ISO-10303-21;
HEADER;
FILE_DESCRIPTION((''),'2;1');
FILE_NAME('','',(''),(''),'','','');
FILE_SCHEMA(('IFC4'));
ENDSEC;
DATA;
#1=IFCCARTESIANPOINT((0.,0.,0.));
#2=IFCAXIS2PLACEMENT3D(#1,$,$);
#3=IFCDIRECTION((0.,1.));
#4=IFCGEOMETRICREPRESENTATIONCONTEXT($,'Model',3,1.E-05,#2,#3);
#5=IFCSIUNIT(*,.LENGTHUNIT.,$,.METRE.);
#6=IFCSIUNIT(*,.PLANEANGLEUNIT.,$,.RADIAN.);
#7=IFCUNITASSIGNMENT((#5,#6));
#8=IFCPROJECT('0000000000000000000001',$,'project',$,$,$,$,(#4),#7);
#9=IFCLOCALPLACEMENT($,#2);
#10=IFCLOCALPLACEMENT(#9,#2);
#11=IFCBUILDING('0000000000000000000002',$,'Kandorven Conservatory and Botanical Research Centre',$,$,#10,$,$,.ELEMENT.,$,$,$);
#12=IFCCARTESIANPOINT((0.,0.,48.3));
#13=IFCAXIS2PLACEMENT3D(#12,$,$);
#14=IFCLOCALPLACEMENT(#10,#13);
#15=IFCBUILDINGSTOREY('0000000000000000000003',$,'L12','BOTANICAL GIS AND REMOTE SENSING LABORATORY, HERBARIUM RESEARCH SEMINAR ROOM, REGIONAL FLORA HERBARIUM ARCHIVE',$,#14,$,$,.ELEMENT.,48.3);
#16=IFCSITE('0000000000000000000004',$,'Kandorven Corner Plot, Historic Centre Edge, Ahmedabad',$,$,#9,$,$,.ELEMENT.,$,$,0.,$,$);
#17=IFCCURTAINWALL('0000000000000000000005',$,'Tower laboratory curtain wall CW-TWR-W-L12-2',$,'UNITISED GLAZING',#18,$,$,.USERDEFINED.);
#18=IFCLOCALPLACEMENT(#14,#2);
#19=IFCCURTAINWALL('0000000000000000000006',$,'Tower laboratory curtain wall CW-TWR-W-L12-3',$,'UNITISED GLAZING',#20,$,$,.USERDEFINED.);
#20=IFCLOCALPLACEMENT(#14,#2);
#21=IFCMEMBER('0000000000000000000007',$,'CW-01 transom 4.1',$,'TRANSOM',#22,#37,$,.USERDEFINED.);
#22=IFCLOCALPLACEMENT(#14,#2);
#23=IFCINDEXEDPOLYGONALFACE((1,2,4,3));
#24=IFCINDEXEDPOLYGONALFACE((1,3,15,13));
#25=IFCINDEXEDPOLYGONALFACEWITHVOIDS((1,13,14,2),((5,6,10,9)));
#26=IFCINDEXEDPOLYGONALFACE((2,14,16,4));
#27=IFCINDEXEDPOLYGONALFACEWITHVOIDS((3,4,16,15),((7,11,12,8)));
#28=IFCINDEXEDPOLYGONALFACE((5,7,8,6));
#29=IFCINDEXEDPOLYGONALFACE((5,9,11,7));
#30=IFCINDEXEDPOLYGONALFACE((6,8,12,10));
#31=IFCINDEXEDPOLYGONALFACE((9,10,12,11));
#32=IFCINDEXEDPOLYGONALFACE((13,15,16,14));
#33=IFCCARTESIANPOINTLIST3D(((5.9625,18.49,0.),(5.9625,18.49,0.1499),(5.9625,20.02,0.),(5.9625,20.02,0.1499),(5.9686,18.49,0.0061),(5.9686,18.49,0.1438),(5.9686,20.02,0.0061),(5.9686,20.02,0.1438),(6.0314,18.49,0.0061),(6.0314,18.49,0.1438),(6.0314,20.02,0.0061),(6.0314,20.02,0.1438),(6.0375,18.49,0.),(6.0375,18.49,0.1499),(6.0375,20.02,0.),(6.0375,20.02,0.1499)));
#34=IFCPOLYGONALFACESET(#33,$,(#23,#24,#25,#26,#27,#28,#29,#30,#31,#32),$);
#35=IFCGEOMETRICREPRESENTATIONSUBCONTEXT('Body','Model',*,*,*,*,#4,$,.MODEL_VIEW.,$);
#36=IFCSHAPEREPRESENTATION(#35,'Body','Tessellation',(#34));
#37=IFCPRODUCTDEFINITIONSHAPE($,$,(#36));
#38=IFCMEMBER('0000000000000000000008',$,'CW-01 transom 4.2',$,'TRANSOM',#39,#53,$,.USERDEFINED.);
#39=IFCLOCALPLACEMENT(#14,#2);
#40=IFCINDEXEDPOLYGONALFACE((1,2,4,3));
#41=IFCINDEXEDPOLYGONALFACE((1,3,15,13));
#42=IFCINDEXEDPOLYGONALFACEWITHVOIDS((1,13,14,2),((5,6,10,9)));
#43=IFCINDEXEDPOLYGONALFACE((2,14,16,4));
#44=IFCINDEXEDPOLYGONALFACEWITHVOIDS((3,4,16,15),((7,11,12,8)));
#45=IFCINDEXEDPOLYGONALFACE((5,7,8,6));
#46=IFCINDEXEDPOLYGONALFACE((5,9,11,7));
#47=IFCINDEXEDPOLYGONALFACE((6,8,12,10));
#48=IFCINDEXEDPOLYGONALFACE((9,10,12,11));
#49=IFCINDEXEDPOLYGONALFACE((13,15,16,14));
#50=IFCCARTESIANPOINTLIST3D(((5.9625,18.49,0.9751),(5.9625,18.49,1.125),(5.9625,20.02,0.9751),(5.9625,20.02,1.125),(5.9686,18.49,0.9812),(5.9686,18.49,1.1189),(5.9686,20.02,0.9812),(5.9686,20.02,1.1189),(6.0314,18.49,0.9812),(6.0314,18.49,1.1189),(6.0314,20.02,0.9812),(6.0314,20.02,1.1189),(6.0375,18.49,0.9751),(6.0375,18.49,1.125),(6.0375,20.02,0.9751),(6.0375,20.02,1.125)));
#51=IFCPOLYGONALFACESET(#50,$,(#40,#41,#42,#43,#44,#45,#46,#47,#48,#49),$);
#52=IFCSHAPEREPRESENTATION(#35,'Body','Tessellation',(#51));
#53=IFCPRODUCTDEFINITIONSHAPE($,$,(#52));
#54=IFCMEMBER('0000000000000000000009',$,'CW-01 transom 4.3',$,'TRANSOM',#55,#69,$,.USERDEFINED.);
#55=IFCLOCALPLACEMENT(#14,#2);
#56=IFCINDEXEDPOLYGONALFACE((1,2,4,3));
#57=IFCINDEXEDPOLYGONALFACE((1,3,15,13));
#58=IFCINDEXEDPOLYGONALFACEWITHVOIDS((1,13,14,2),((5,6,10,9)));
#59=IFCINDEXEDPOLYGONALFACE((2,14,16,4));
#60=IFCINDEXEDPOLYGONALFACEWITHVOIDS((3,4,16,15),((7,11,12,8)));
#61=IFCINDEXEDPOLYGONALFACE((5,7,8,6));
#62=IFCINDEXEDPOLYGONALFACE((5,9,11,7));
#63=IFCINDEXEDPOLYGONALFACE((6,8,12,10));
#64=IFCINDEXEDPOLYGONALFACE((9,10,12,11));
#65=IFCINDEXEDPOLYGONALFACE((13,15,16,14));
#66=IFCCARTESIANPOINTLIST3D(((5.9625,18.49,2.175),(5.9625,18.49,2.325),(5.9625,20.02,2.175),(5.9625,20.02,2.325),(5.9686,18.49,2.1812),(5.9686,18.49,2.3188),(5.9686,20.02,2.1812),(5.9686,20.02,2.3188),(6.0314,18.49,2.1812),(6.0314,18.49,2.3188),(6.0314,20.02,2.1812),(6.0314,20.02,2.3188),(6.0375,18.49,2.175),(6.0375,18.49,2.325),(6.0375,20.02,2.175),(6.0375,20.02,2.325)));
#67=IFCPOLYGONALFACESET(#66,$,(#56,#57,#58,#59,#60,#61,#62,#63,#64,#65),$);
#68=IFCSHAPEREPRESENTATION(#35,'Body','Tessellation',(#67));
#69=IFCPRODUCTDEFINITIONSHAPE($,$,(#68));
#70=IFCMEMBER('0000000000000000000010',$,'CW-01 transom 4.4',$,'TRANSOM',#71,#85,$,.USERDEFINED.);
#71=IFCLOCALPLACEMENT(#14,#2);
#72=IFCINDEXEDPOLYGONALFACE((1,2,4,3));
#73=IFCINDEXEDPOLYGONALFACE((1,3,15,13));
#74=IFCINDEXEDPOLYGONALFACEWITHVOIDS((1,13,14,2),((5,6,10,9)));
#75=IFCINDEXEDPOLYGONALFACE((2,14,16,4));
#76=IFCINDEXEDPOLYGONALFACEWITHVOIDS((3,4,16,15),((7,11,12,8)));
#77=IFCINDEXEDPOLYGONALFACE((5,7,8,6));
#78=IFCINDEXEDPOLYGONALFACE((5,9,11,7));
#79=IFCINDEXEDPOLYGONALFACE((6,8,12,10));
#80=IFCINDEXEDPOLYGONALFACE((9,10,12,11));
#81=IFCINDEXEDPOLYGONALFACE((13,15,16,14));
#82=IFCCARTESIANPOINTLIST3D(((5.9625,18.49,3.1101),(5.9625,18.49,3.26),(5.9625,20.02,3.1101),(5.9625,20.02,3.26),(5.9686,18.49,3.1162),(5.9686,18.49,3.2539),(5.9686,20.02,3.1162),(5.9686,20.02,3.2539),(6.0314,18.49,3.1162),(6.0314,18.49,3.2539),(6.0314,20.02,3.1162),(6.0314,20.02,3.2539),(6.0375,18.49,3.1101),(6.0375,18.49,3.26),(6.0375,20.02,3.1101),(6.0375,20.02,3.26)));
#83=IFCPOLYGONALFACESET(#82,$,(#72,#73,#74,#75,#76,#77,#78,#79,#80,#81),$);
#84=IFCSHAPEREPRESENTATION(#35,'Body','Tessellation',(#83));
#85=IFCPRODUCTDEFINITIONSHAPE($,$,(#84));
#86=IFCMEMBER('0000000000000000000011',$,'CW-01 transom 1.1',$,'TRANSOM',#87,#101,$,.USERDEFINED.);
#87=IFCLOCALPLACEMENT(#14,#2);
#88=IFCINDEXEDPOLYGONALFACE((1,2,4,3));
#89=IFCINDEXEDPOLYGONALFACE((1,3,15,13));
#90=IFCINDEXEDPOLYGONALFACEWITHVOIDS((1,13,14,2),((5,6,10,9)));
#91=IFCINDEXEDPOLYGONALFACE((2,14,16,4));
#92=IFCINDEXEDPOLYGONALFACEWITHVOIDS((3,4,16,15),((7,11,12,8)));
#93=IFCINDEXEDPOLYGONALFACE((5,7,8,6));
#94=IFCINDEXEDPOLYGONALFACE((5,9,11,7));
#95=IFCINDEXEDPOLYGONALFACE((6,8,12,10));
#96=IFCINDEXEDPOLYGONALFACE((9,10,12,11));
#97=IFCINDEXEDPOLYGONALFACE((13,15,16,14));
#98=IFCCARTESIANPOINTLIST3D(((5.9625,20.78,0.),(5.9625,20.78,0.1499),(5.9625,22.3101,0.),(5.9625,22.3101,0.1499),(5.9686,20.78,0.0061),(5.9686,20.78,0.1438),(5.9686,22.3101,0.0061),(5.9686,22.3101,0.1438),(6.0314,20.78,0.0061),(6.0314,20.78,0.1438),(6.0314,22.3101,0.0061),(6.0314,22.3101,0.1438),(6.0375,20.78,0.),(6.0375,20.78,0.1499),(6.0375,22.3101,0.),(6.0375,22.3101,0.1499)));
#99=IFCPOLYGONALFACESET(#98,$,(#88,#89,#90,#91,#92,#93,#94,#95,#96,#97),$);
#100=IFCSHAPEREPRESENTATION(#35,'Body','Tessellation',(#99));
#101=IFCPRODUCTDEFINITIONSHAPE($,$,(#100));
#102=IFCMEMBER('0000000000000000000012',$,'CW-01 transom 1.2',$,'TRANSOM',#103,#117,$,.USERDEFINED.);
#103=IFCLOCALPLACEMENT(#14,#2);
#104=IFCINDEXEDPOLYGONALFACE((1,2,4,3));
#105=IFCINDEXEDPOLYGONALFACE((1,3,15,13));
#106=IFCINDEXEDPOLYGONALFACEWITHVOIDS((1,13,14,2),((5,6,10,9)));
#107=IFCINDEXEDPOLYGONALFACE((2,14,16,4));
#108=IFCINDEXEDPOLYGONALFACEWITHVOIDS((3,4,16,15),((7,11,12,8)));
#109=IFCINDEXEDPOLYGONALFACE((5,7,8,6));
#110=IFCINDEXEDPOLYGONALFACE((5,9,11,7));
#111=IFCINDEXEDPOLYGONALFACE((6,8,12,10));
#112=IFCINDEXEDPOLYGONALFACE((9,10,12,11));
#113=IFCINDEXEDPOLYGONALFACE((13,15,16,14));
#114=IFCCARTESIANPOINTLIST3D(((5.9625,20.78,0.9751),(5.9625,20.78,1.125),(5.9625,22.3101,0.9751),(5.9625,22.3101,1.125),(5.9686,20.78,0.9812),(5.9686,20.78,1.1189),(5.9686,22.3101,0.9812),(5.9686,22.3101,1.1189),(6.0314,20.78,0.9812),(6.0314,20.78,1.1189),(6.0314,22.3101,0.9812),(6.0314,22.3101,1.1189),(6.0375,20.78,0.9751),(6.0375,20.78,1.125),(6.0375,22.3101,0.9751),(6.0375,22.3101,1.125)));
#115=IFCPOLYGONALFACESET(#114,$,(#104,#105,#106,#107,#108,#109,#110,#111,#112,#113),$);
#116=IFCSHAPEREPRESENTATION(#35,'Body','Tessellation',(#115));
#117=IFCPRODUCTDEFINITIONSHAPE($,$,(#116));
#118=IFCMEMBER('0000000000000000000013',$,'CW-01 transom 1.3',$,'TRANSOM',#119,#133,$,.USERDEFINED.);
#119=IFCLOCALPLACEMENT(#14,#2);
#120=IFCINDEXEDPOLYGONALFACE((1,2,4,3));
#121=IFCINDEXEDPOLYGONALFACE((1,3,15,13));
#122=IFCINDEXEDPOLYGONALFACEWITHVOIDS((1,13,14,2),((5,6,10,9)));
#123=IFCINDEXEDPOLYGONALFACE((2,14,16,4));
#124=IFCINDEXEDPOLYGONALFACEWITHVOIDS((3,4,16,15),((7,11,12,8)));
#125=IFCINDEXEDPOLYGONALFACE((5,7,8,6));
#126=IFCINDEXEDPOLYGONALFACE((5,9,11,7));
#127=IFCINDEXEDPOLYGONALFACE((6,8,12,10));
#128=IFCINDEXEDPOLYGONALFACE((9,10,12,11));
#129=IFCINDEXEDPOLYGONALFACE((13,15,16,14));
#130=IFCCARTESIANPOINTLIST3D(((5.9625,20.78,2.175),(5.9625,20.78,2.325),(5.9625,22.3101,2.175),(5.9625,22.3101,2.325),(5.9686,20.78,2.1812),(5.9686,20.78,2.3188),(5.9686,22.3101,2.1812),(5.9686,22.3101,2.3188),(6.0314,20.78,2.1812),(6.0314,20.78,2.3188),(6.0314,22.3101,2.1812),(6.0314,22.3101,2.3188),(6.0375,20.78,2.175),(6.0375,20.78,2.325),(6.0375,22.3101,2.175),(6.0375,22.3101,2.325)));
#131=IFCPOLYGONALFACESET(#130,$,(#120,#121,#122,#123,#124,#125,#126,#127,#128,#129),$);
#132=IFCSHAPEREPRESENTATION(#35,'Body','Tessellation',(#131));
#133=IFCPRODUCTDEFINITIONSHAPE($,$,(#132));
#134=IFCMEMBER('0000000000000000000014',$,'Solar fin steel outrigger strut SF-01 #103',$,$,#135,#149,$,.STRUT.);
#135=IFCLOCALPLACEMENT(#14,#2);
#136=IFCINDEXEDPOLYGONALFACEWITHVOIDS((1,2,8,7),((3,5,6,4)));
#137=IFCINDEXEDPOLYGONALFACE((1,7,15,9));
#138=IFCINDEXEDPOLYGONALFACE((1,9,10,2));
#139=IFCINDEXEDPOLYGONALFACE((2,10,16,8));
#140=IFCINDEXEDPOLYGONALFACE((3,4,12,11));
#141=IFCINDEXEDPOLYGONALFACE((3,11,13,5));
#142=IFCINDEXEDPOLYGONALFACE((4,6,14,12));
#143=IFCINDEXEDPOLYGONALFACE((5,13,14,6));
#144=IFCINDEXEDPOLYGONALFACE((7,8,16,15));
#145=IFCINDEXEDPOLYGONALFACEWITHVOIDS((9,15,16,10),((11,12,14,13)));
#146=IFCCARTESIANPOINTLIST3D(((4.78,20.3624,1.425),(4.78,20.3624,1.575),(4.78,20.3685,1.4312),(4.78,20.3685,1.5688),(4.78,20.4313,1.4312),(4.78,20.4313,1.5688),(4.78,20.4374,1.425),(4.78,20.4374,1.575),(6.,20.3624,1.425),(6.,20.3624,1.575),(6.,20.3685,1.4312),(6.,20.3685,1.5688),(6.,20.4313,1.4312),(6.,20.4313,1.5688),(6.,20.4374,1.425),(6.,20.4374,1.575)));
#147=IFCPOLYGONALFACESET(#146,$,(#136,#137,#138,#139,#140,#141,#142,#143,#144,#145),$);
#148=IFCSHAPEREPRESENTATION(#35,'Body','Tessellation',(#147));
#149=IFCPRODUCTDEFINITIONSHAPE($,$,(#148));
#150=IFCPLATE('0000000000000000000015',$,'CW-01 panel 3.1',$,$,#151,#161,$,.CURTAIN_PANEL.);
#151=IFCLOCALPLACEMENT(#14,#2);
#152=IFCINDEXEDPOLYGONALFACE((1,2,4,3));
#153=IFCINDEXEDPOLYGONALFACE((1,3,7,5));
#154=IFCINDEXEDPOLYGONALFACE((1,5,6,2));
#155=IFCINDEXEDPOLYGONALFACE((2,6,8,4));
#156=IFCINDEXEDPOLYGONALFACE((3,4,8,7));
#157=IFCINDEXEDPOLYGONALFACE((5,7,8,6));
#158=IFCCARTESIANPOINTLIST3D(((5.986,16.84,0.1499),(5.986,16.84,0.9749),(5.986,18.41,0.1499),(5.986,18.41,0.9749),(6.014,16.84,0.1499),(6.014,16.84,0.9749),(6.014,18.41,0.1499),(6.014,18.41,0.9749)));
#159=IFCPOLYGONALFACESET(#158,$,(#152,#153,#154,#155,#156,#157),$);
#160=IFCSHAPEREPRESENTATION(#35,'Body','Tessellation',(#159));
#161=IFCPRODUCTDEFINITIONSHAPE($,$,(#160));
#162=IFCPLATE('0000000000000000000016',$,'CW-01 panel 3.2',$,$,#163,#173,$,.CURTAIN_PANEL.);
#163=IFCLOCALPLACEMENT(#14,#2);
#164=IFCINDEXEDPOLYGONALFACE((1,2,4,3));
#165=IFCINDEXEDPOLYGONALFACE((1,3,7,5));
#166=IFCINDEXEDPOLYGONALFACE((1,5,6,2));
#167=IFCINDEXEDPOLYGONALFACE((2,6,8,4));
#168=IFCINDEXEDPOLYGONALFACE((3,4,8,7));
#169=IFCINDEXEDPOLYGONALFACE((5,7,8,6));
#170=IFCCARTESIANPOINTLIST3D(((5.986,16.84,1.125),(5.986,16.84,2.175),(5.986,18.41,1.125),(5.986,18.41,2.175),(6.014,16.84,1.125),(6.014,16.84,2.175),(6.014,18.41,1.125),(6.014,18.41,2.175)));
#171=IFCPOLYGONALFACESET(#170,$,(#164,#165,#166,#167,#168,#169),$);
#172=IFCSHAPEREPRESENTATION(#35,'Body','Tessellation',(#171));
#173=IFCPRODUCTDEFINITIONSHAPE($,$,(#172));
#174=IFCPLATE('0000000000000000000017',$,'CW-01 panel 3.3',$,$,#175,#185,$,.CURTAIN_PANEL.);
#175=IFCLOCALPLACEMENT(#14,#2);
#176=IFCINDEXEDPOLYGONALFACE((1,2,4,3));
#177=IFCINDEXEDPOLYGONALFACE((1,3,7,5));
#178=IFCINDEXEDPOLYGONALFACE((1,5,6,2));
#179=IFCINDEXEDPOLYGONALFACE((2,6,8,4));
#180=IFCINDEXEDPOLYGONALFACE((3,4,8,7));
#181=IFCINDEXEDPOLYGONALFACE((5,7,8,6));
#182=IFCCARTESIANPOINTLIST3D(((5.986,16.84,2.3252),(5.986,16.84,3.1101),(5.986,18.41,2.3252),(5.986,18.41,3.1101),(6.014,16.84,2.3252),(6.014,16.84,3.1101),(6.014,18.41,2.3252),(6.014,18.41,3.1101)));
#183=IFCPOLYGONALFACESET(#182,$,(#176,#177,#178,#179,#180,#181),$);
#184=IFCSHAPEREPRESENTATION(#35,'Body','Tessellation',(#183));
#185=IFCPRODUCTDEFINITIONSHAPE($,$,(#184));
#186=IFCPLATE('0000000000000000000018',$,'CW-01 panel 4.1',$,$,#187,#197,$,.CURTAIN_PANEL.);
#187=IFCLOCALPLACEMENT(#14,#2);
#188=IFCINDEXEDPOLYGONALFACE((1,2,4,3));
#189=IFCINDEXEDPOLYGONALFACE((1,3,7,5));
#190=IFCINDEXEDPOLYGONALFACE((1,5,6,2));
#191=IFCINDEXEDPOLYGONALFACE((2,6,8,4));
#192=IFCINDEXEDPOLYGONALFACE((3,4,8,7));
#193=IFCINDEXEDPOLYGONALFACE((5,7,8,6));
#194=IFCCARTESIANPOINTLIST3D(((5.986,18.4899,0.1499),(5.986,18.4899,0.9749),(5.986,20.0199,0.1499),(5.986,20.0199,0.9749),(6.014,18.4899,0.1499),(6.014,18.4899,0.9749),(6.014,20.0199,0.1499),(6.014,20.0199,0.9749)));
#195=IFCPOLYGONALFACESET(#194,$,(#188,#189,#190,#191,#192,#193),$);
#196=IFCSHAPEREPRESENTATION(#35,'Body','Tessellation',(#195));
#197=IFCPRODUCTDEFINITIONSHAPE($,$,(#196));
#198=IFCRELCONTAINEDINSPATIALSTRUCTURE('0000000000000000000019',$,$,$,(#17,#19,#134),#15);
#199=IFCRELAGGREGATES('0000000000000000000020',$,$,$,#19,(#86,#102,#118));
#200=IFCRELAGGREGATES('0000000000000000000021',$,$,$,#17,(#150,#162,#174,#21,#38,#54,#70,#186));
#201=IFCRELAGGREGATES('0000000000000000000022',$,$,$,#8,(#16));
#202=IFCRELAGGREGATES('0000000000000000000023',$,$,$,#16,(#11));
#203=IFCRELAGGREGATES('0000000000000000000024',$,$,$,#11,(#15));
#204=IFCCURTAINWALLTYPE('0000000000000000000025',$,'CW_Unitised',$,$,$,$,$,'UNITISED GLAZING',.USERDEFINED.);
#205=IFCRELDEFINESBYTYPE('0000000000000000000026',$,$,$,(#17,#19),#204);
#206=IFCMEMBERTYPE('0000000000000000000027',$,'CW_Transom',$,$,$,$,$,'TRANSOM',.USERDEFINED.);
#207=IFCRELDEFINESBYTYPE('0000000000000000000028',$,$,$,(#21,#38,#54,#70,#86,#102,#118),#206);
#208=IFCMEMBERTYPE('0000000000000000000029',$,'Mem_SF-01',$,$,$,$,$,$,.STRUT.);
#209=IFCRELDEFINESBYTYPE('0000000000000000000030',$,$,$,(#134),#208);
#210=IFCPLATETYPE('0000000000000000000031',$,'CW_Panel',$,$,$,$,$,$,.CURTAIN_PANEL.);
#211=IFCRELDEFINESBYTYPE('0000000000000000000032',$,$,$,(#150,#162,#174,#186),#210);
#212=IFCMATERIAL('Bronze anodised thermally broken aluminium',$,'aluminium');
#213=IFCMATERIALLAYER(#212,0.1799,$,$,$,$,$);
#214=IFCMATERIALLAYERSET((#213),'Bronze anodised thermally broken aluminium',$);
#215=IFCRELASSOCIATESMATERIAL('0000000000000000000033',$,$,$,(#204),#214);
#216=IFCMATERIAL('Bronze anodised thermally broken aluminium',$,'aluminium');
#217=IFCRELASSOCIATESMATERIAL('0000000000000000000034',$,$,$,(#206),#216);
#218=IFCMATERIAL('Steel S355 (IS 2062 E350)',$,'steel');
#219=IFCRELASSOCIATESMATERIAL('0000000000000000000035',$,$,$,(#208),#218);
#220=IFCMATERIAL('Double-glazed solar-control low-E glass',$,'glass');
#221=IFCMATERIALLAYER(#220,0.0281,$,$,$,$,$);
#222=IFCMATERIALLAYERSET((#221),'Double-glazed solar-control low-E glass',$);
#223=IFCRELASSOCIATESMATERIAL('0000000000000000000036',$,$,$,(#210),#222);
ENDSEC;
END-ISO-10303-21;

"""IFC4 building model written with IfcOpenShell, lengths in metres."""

from ifc_helpers import new_model, si_unit, direction, frame, origin, origin_2d, place, context, subcontext, project, spatial, rectangle, hollow_rectangle, extrude, material, layer, layer_set, material_profile, profile_set, type_object, element, aggregate, save


model = new_model("IFC4")

# Units and contexts
model_context = context("Model", 3, precision=1e-05, world=origin(), true_north=direction((0.0, 1.0)))
body_context = subcontext(model_context, "Body", "Model", "MODEL_VIEW")
ifc_project = project(units=[si_unit("LENGTHUNIT", "METRE"), si_unit("PLANEANGLEUNIT", "RADIAN")], contexts=[model_context])

# Site, building, storey
site_placement = place(None, origin())
site = spatial("IfcSite", under=ifc_project, at=site_placement, Name="Kandorven Corner Plot, Historic Centre Edge, Ahmedabad", CompositionType="ELEMENT", RefElevation=0.0)
building_placement = place(site_placement, origin())
building = spatial("IfcBuilding", under=site, at=building_placement, Name="Kandorven Conservatory and Botanical Research Centre", CompositionType="ELEMENT")
storey_placement = place(building_placement, frame((0.0, 0.0, 48.3)))
storey = spatial("IfcBuildingStorey", under=building, at=storey_placement, Name="L12", Description="BOTANICAL GIS AND REMOTE SENSING LABORATORY, HERBARIUM RESEARCH SEMINAR ROOM, REGIONAL FLORA HERBARIUM ARCHIVE", CompositionType="ELEMENT", Elevation=48.3)

# Curtain wall
ifc_material_1 = material(Name="Bronze anodised thermally broken aluminium", Category="aluminium")
ifc_layer_1 = layer(ifc_material_1, 0.1799)
ifc_layer_set_1 = layer_set([ifc_layer_1], Name="Bronze anodised thermally broken aluminium")
curtain_wall_type = type_object("IfcCurtainWallType", Name="CW_Unitised", ElementType="UNITISED GLAZING", PredefinedType="USERDEFINED", material=ifc_layer_set_1)
curtain_wall_1_placement = place(storey_placement, origin())
curtain_wall_1 = element("IfcCurtainWall", 1, at=curtain_wall_1_placement, inside=storey, type_object=curtain_wall_type, Name="Tower laboratory curtain wall CW-TWR-W-L12-2", ObjectType="UNITISED GLAZING", PredefinedType="USERDEFINED")

# Curtain wall
curtain_wall_2_placement = place(storey_placement, origin())
curtain_wall_2 = element("IfcCurtainWall", 2, at=curtain_wall_2_placement, inside=storey, type_object=curtain_wall_type, Name="Tower laboratory curtain wall CW-TWR-W-L12-3", ObjectType="UNITISED GLAZING", PredefinedType="USERDEFINED")

# Members
ifc_material_2 = material(Name="Bronze anodised thermally broken aluminium", Category="aluminium")
ifc_material_profile_1 = material_profile(ifc_material_2, hollow_rectangle(XDim=0.075, YDim=0.1499, WallThickness=0.0061, at=origin_2d()))
ifc_profile_set_1 = profile_set([ifc_material_profile_1], Name="Bronze anodised thermally broken aluminium")
member_type_1 = type_object("IfcMemberType", Name="CW_Transom", ElementType="TRANSOM", PredefinedType="USERDEFINED", material=ifc_profile_set_1)
member_1_placement = place(storey_placement, frame((6.0, 18.49, 0.075), z_axis=(0.0, 1.0, 0.0), x_axis=(-1.0, 0.0, 0.0)))
member_1 = element("IfcMember", 3, at=member_1_placement, type_object=member_type_1, Name="CW-01 transom 4.1", ObjectType="TRANSOM", PredefinedType="USERDEFINED", context=body_context, shape_type="SweptSolid", body=[
    extrude(hollow_rectangle(XDim=0.075, YDim=0.1499, WallThickness=0.0061, at=origin_2d()), origin(), (0.0, 0.0, 1.0), 1.53),
])
member_2_placement = place(storey_placement, frame((6.0, 18.49, 1.05), z_axis=(0.0, 1.0, 0.0), x_axis=(-1.0, 0.0, 0.0)))
member_2 = element("IfcMember", 4, at=member_2_placement, type_object=member_type_1, Name="CW-01 transom 4.2", ObjectType="TRANSOM", PredefinedType="USERDEFINED", context=body_context, shape_type="SweptSolid", body=[
    extrude(hollow_rectangle(XDim=0.075, YDim=0.1499, WallThickness=0.0061, at=origin_2d()), origin(), (0.0, 0.0, 1.0), 1.53),
])
member_3_placement = place(storey_placement, frame((6.0, 18.49, 2.25), z_axis=(0.0, 1.0, 0.0), x_axis=(-1.0, 0.0, 0.0)))
member_3 = element("IfcMember", 5, at=member_3_placement, type_object=member_type_1, Name="CW-01 transom 4.3", ObjectType="TRANSOM", PredefinedType="USERDEFINED", context=body_context, shape_type="SweptSolid", body=[
    extrude(hollow_rectangle(XDim=0.075, YDim=0.1499, WallThickness=0.0061, at=origin_2d()), origin(), (0.0, 0.0, 1.0), 1.53),
])
member_4_placement = place(storey_placement, frame((6.0, 18.49, 3.1851), z_axis=(0.0, 1.0, 0.0), x_axis=(-1.0, 0.0, 0.0)))
member_4 = element("IfcMember", 6, at=member_4_placement, type_object=member_type_1, Name="CW-01 transom 4.4", ObjectType="TRANSOM", PredefinedType="USERDEFINED", context=body_context, shape_type="SweptSolid", body=[
    extrude(hollow_rectangle(XDim=0.075, YDim=0.1499, WallThickness=0.0061, at=origin_2d()), origin(), (0.0, 0.0, 1.0), 1.53),
])
member_5_placement = place(storey_placement, frame((6.0, 20.78, 0.075), z_axis=(0.0, 1.0, 0.0), x_axis=(-1.0, 0.0, 0.0)))
member_5 = element("IfcMember", 7, at=member_5_placement, type_object=member_type_1, Name="CW-01 transom 1.1", ObjectType="TRANSOM", PredefinedType="USERDEFINED", context=body_context, shape_type="SweptSolid", body=[
    extrude(hollow_rectangle(XDim=0.075, YDim=0.1499, WallThickness=0.0061, at=origin_2d()), origin(), (0.0, 0.0, 1.0), 1.53),
])
member_6_placement = place(storey_placement, frame((6.0, 20.78, 1.05), z_axis=(0.0, 1.0, 0.0), x_axis=(-1.0, 0.0, 0.0)))
member_6 = element("IfcMember", 8, at=member_6_placement, type_object=member_type_1, Name="CW-01 transom 1.2", ObjectType="TRANSOM", PredefinedType="USERDEFINED", context=body_context, shape_type="SweptSolid", body=[
    extrude(hollow_rectangle(XDim=0.075, YDim=0.1499, WallThickness=0.0061, at=origin_2d()), origin(), (0.0, 0.0, 1.0), 1.53),
])
member_7_placement = place(storey_placement, frame((6.0, 20.78, 2.25), z_axis=(0.0, 1.0, 0.0), x_axis=(-1.0, 0.0, 0.0)))
member_7 = element("IfcMember", 9, at=member_7_placement, type_object=member_type_1, Name="CW-01 transom 1.3", ObjectType="TRANSOM", PredefinedType="USERDEFINED", context=body_context, shape_type="SweptSolid", body=[
    extrude(hollow_rectangle(XDim=0.075, YDim=0.1499, WallThickness=0.0061, at=origin_2d()), origin(), (0.0, 0.0, 1.0), 1.53),
])
aggregate(curtain_wall_2, [member_5, member_6, member_7])
ifc_material_3 = material(Name="Steel S355 (IS 2062 E350)", Category="steel")
ifc_material_profile_2 = material_profile(ifc_material_3, hollow_rectangle(XDim=0.075, YDim=0.1499, WallThickness=0.0061, at=origin_2d()))
ifc_profile_set_2 = profile_set([ifc_material_profile_2], Name="Steel S355 (IS 2062 E350)")
member_type_2 = type_object("IfcMemberType", Name="Mem_SF-01", PredefinedType="STRUT", material=ifc_profile_set_2)
member_8_placement = place(storey_placement, frame((6.0, 20.3999, 1.5), z_axis=(-1.0, 0.0, 0.0), x_axis=(0.0, -1.0, 0.0)))
element("IfcMember", 10, at=member_8_placement, inside=storey, type_object=member_type_2, Name="Solar fin steel outrigger strut SF-01 #103", PredefinedType="STRUT", context=body_context, shape_type="SweptSolid", body=[
    extrude(hollow_rectangle(XDim=0.075, YDim=0.1499, WallThickness=0.0061, at=origin_2d()), origin(), (0.0, 0.0, 1.0), 1.22),
])

# Plates
ifc_material_4 = material(Name="Double-glazed solar-control low-E glass", Category="glass")
ifc_layer_2 = layer(ifc_material_4, 0.0281)
ifc_layer_set_2 = layer_set([ifc_layer_2], Name="Double-glazed solar-control low-E glass")
plate_type_1 = type_object("IfcPlateType", Name="CW_Panel", PredefinedType="CURTAIN_PANEL", material=ifc_layer_set_2)
plate_1_placement = place(storey_placement, frame((6.0, 17.625, 0.1499), z_axis=(0.0, 0.0, 1.0), x_axis=(0.0, 1.0, 0.0)))
plate_1 = element("IfcPlate", 11, at=plate_1_placement, type_object=plate_type_1, Name="CW-01 panel 3.1", PredefinedType="CURTAIN_PANEL", context=body_context, shape_type="SweptSolid", body=[
    extrude(rectangle(XDim=1.5701, YDim=0.0281, at=origin_2d()), origin(), (0.0, 0.0, 1.0), 0.825),
])
plate_2_placement = place(storey_placement, frame((6.0, 17.625, 1.125), z_axis=(0.0, 0.0, 1.0), x_axis=(0.0, 1.0, 0.0)))
plate_2 = element("IfcPlate", 12, at=plate_2_placement, type_object=plate_type_1, Name="CW-01 panel 3.2", PredefinedType="CURTAIN_PANEL", context=body_context, shape_type="SweptSolid", body=[
    extrude(rectangle(XDim=1.5701, YDim=0.0281, at=origin_2d()), origin(), (0.0, 0.0, 1.0), 1.05),
])
plate_3_placement = place(storey_placement, frame((6.0, 17.625, 2.3252), z_axis=(0.0, 0.0, 1.0), x_axis=(0.0, 1.0, 0.0)))
plate_3 = element("IfcPlate", 13, at=plate_3_placement, type_object=plate_type_1, Name="CW-01 panel 3.3", PredefinedType="CURTAIN_PANEL", context=body_context, shape_type="SweptSolid", body=[
    extrude(rectangle(XDim=1.5701, YDim=0.0281, at=origin_2d()), origin(), (0.0, 0.0, 1.0), 0.7849),
])
plate_4_placement = place(storey_placement, frame((6.0, 19.2549, 0.1499), z_axis=(0.0, 0.0, 1.0), x_axis=(0.0, 1.0, 0.0)))
plate_4 = element("IfcPlate", 14, at=plate_4_placement, type_object=plate_type_1, Name="CW-01 panel 4.1", PredefinedType="CURTAIN_PANEL", context=body_context, shape_type="SweptSolid", body=[
    extrude(rectangle(XDim=1.53, YDim=0.0281, at=origin_2d()), origin(), (0.0, 0.0, 1.0), 0.825),
])
aggregate(curtain_wall_1, [plate_1, plate_2, plate_3, member_1, member_2, member_3, member_4, plate_4])

save(model, "model.ifc")
